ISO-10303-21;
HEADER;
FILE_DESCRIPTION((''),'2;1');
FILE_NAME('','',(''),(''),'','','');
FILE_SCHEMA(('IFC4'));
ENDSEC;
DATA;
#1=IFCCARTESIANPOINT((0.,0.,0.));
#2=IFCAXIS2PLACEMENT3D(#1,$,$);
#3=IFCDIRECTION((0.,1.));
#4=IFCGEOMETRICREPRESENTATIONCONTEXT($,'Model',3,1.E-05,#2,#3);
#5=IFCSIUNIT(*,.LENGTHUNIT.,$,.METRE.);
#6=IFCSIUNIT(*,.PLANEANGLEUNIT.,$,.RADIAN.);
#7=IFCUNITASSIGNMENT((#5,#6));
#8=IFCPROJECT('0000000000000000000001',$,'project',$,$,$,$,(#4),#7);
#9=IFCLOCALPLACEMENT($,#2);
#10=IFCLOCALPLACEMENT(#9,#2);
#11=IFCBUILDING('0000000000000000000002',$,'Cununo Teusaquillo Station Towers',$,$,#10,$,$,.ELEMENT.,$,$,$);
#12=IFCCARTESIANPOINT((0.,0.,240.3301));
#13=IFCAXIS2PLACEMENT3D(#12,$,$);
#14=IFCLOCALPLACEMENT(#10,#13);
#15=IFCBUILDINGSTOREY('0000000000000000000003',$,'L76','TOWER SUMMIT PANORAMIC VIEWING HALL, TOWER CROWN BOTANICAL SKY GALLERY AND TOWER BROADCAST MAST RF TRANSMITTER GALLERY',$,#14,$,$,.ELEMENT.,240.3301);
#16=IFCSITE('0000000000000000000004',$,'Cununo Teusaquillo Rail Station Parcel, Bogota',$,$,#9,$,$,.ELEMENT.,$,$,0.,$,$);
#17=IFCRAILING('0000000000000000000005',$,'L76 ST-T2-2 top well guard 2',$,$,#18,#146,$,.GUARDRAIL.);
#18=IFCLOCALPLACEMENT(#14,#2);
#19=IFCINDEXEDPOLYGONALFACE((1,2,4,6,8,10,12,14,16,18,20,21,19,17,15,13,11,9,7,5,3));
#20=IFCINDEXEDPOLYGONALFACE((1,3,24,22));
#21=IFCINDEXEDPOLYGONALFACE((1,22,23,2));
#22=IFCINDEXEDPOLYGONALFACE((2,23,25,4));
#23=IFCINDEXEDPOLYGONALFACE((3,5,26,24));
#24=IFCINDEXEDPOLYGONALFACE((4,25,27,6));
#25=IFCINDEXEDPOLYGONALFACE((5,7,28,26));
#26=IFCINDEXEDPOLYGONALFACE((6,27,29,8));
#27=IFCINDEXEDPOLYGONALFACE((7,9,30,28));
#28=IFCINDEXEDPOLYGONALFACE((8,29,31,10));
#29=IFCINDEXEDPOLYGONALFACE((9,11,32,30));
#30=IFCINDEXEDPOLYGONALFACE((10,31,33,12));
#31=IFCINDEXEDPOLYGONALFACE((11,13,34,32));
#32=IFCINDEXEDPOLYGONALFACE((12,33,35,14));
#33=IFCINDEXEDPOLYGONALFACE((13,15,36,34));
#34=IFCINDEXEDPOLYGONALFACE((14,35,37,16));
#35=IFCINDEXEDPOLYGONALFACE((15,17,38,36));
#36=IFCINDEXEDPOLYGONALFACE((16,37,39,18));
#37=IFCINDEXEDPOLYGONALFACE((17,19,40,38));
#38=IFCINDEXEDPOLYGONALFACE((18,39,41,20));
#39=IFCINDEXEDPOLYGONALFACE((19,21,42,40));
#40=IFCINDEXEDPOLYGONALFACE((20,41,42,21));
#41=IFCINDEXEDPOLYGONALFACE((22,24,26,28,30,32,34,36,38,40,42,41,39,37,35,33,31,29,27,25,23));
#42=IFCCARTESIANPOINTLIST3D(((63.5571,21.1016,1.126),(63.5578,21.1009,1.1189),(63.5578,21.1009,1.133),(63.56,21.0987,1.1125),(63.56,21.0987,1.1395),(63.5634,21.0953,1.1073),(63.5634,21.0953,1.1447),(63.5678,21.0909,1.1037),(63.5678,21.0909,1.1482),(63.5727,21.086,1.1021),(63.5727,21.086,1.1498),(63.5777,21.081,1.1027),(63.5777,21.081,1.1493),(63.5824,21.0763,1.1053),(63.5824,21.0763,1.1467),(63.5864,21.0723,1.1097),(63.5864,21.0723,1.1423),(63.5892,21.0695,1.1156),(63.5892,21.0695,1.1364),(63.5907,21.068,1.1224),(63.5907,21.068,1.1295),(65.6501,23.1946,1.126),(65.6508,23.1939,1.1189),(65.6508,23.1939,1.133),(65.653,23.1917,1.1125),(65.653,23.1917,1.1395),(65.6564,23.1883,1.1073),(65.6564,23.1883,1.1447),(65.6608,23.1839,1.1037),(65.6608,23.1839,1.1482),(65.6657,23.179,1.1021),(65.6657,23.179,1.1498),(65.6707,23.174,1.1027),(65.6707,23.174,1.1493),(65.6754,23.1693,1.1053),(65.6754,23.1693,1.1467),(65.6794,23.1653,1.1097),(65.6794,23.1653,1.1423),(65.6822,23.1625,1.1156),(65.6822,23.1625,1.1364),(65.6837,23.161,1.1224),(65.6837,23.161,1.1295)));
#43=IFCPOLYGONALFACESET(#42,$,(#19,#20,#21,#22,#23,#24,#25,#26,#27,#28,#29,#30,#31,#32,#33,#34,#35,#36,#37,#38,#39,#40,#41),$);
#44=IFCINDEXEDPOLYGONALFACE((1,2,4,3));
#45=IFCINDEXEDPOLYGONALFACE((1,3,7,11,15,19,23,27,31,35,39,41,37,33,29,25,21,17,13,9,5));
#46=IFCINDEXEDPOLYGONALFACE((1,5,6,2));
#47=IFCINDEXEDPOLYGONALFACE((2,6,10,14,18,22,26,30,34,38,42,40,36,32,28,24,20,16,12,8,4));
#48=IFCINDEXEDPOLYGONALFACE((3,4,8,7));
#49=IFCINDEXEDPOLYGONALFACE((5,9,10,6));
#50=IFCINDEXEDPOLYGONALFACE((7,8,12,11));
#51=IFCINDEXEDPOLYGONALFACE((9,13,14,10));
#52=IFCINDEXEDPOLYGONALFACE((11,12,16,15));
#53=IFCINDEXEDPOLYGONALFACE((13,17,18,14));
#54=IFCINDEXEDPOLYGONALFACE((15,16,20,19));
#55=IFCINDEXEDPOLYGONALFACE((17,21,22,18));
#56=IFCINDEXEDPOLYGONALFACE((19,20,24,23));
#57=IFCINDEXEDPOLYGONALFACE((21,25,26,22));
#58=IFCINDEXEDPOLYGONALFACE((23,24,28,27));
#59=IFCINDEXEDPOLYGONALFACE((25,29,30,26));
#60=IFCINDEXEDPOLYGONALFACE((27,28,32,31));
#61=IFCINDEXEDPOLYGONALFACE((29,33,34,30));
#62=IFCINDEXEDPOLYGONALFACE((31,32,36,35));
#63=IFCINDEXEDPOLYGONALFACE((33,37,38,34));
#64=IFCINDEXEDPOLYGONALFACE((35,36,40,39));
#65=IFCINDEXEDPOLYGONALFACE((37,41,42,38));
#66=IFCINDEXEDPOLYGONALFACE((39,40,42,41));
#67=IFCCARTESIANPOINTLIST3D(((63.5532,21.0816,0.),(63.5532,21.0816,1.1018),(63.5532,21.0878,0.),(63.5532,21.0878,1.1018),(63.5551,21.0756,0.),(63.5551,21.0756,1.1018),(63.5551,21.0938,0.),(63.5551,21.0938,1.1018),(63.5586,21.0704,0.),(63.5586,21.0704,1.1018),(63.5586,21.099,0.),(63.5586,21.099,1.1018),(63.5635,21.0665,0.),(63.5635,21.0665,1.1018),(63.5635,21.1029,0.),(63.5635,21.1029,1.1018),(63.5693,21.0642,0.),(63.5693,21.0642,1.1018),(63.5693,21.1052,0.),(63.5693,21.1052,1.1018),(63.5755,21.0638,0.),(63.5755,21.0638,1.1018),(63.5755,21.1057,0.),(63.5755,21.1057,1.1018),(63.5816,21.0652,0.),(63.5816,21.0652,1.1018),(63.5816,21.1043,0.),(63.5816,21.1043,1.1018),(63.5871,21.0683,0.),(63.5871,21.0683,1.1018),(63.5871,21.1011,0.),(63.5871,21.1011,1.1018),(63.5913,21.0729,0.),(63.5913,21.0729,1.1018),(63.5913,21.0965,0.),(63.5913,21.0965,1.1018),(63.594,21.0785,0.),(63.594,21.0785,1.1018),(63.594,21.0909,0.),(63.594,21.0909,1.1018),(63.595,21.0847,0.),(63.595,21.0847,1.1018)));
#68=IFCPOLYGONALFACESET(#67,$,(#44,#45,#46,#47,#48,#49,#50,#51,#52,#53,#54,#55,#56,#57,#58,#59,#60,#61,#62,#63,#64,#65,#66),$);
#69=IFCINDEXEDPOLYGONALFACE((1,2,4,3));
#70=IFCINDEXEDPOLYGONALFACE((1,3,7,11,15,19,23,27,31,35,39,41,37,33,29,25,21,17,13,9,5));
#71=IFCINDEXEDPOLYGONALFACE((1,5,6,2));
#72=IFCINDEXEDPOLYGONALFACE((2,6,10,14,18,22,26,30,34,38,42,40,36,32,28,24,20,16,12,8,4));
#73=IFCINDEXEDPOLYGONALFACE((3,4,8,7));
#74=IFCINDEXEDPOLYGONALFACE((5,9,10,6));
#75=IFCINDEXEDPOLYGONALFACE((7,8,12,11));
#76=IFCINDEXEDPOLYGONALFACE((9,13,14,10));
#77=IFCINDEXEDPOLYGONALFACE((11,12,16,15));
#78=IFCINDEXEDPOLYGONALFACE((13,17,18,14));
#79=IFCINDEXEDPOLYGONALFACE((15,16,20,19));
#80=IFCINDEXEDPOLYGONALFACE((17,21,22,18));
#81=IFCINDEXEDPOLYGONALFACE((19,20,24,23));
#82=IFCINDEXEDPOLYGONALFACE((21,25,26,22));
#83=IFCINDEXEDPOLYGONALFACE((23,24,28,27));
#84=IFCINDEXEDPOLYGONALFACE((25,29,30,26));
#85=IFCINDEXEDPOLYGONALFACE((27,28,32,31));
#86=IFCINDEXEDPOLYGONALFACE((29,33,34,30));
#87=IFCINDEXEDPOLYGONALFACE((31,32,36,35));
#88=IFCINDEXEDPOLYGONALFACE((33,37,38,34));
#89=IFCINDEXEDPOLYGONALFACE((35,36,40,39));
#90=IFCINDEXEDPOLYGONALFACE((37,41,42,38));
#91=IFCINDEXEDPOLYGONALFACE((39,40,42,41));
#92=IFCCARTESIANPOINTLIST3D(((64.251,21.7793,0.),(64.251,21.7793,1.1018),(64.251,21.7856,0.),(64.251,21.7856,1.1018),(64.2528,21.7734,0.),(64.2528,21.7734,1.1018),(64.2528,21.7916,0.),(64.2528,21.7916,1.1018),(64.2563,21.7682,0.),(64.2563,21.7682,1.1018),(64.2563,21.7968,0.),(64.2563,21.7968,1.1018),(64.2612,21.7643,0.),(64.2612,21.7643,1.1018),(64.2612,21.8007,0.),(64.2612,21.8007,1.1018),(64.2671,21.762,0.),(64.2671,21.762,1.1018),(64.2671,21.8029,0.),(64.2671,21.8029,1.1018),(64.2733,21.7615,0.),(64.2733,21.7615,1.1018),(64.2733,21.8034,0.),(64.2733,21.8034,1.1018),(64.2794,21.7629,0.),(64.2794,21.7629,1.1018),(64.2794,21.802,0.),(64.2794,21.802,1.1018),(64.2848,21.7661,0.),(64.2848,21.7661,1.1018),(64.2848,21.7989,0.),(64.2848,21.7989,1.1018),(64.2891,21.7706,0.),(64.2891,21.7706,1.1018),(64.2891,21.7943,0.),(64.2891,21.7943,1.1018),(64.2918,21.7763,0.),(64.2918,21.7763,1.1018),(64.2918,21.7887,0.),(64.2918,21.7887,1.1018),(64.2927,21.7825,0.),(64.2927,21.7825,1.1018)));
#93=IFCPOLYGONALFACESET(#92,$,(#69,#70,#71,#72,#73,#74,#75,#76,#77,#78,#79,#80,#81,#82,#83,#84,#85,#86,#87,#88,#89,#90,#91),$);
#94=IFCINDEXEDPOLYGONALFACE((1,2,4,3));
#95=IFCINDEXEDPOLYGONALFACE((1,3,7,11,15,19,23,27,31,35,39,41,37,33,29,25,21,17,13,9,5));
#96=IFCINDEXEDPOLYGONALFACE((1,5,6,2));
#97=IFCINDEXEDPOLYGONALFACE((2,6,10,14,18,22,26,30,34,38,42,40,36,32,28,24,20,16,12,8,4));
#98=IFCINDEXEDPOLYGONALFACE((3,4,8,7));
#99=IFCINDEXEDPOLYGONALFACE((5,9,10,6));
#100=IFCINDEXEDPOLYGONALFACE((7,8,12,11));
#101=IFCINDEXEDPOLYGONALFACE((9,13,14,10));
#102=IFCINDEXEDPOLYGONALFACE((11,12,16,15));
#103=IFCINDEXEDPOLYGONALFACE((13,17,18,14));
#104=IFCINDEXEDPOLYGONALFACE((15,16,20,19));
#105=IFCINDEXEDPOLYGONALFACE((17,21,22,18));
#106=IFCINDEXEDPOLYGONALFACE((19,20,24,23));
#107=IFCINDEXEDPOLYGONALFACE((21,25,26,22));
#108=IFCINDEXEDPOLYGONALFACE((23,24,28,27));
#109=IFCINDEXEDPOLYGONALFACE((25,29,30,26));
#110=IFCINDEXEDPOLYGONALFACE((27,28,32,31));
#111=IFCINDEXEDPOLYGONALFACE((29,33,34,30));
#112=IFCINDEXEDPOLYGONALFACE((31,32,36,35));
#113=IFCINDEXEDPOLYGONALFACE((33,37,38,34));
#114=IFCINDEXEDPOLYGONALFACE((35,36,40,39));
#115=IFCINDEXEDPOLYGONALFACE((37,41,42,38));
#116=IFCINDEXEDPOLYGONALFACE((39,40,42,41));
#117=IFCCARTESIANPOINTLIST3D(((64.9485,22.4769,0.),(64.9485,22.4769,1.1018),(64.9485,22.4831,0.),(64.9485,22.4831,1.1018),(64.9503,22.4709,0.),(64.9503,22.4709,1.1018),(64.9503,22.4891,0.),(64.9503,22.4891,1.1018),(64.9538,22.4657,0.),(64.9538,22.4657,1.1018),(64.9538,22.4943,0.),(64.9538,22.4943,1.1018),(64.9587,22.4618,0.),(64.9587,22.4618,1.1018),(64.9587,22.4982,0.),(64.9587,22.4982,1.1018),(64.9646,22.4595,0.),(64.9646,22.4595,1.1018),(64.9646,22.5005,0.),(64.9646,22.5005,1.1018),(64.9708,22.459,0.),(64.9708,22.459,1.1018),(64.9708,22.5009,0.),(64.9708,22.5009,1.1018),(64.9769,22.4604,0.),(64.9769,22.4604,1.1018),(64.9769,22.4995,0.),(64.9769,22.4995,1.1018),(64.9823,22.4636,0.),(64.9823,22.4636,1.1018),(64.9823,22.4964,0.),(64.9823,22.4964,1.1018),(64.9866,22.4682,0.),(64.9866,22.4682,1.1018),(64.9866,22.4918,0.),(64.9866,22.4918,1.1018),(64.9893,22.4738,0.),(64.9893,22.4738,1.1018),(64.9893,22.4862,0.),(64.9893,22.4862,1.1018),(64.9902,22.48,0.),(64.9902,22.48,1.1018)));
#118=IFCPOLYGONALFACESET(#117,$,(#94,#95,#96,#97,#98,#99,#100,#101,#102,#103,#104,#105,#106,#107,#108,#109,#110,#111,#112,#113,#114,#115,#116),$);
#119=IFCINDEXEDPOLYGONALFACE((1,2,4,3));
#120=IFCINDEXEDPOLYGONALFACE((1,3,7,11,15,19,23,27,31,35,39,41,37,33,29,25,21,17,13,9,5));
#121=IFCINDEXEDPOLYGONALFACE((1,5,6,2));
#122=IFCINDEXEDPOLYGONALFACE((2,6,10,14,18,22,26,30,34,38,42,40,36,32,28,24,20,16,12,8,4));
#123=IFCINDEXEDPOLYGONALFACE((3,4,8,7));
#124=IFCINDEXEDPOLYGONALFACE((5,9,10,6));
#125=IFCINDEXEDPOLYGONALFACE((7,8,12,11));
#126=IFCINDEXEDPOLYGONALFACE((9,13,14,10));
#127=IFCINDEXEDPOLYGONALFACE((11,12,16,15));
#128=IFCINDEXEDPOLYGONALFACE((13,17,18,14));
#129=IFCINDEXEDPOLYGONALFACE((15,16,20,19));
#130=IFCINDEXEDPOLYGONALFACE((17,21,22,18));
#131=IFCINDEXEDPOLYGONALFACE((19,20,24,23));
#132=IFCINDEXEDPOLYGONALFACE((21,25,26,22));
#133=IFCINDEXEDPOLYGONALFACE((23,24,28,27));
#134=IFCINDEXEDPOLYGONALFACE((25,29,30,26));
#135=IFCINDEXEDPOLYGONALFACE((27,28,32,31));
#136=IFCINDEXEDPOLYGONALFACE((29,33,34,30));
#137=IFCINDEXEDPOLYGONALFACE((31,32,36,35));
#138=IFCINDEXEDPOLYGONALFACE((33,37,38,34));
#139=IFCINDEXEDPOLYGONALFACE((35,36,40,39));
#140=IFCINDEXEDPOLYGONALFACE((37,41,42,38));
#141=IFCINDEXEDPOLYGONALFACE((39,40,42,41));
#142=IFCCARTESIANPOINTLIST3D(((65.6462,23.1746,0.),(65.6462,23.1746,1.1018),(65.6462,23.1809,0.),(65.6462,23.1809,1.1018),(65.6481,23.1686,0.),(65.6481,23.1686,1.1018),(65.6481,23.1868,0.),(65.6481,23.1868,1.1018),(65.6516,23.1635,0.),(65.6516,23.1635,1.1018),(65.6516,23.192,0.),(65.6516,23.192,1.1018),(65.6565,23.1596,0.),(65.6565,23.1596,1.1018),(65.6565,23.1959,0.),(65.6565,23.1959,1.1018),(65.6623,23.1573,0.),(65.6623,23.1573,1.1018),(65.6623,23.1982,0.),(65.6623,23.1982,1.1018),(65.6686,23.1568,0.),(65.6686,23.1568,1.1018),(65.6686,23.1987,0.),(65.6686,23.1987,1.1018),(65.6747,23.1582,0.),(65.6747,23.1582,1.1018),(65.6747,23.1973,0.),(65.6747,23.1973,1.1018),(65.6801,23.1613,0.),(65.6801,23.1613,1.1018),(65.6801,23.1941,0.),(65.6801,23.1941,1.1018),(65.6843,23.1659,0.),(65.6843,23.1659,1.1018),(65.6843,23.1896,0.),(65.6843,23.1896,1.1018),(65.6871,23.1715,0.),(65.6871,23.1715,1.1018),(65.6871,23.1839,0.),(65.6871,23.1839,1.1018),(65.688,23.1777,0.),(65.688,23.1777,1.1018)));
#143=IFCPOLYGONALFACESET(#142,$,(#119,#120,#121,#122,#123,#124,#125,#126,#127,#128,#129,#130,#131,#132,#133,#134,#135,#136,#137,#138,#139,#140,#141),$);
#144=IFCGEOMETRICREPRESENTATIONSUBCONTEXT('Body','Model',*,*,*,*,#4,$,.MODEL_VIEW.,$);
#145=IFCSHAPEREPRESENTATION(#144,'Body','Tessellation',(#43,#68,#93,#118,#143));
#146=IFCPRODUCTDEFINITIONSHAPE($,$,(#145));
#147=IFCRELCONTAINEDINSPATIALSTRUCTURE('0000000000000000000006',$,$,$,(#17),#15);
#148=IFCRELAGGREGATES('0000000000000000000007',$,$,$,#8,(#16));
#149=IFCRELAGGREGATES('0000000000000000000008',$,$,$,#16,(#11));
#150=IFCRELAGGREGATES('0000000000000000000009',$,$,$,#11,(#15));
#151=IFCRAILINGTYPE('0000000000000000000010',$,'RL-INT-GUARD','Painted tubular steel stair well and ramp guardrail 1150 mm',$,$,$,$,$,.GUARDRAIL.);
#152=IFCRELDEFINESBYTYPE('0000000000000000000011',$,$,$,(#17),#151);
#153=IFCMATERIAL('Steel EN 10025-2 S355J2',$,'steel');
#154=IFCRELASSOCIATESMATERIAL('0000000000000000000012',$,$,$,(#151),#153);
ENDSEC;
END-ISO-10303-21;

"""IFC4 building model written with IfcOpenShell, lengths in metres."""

from ifc_helpers import new_model, si_unit, direction, frame, origin, origin_2d, place, context, subcontext, project, spatial, circle, extrude, material, type_object, element, save


model = new_model("IFC4")

# Units and contexts
model_context = context("Model", 3, precision=1e-05, world=origin(), true_north=direction((0.0, 1.0)))
body_context = subcontext(model_context, "Body", "Model", "MODEL_VIEW")
ifc_project = project(units=[si_unit("LENGTHUNIT", "METRE"), si_unit("PLANEANGLEUNIT", "RADIAN")], contexts=[model_context])

# Site, building, storey
site_placement = place(None, origin())
site = spatial("IfcSite", under=ifc_project, at=site_placement, Name="Cununo Teusaquillo Rail Station Parcel, Bogota", CompositionType="ELEMENT", RefElevation=0.0)
building_placement = place(site_placement, origin())
building = spatial("IfcBuilding", under=site, at=building_placement, Name="Cununo Teusaquillo Station Towers", CompositionType="ELEMENT")
storey_placement = place(building_placement, frame((0.0, 0.0, 240.3301)))
storey = spatial("IfcBuildingStorey", under=building, at=storey_placement, Name="L76", Description="TOWER SUMMIT PANORAMIC VIEWING HALL, TOWER CROWN BOTANICAL SKY GALLERY AND TOWER BROADCAST MAST RF TRANSMITTER GALLERY", CompositionType="ELEMENT", Elevation=240.3301)

# Railing
ifc_material_1 = material(Name="Steel EN 10025-2 S355J2", Category="steel")
railing_type = type_object("IfcRailingType", Name="RL-INT-GUARD", Description="Painted tubular steel stair well and ramp guardrail 1150 mm", PredefinedType="GUARDRAIL", material=ifc_material_1)
railing_1_placement = place(storey_placement, frame((63.574, 21.0847, 0.0)))
element("IfcRailing", 1, at=railing_1_placement, inside=storey, type_object=railing_type, Name="L76 ST-T2-2 top well guard 2", PredefinedType="GUARDRAIL", context=body_context, shape_type="SweptSolid", body=[
    extrude(circle(Radius=0.0239, at=origin_2d()), frame((0.0, 0.0, 1.126), z_axis=(0.707107, 0.707107, 0.0), x_axis=(-0.707107, 0.707107, 0.0)), (0.0, 0.0, 1.0), 2.96),
    extrude(circle(Radius=0.021, at=origin_2d()), origin(), (0.0, 0.0, 1.0), 1.1018),
    extrude(circle(Radius=0.021, at=origin_2d()), frame((0.6978, 0.6978, 0.0)), (0.0, 0.0, 1.0), 1.1018),
    extrude(circle(Radius=0.021, at=origin_2d()), frame((1.3953, 1.3953, 0.0)), (0.0, 0.0, 1.0), 1.1018),
    extrude(circle(Radius=0.021, at=origin_2d()), frame((2.093, 2.093, 0.0)), (0.0, 0.0, 1.0), 1.1018),
])

save(model, "model.ifc")
